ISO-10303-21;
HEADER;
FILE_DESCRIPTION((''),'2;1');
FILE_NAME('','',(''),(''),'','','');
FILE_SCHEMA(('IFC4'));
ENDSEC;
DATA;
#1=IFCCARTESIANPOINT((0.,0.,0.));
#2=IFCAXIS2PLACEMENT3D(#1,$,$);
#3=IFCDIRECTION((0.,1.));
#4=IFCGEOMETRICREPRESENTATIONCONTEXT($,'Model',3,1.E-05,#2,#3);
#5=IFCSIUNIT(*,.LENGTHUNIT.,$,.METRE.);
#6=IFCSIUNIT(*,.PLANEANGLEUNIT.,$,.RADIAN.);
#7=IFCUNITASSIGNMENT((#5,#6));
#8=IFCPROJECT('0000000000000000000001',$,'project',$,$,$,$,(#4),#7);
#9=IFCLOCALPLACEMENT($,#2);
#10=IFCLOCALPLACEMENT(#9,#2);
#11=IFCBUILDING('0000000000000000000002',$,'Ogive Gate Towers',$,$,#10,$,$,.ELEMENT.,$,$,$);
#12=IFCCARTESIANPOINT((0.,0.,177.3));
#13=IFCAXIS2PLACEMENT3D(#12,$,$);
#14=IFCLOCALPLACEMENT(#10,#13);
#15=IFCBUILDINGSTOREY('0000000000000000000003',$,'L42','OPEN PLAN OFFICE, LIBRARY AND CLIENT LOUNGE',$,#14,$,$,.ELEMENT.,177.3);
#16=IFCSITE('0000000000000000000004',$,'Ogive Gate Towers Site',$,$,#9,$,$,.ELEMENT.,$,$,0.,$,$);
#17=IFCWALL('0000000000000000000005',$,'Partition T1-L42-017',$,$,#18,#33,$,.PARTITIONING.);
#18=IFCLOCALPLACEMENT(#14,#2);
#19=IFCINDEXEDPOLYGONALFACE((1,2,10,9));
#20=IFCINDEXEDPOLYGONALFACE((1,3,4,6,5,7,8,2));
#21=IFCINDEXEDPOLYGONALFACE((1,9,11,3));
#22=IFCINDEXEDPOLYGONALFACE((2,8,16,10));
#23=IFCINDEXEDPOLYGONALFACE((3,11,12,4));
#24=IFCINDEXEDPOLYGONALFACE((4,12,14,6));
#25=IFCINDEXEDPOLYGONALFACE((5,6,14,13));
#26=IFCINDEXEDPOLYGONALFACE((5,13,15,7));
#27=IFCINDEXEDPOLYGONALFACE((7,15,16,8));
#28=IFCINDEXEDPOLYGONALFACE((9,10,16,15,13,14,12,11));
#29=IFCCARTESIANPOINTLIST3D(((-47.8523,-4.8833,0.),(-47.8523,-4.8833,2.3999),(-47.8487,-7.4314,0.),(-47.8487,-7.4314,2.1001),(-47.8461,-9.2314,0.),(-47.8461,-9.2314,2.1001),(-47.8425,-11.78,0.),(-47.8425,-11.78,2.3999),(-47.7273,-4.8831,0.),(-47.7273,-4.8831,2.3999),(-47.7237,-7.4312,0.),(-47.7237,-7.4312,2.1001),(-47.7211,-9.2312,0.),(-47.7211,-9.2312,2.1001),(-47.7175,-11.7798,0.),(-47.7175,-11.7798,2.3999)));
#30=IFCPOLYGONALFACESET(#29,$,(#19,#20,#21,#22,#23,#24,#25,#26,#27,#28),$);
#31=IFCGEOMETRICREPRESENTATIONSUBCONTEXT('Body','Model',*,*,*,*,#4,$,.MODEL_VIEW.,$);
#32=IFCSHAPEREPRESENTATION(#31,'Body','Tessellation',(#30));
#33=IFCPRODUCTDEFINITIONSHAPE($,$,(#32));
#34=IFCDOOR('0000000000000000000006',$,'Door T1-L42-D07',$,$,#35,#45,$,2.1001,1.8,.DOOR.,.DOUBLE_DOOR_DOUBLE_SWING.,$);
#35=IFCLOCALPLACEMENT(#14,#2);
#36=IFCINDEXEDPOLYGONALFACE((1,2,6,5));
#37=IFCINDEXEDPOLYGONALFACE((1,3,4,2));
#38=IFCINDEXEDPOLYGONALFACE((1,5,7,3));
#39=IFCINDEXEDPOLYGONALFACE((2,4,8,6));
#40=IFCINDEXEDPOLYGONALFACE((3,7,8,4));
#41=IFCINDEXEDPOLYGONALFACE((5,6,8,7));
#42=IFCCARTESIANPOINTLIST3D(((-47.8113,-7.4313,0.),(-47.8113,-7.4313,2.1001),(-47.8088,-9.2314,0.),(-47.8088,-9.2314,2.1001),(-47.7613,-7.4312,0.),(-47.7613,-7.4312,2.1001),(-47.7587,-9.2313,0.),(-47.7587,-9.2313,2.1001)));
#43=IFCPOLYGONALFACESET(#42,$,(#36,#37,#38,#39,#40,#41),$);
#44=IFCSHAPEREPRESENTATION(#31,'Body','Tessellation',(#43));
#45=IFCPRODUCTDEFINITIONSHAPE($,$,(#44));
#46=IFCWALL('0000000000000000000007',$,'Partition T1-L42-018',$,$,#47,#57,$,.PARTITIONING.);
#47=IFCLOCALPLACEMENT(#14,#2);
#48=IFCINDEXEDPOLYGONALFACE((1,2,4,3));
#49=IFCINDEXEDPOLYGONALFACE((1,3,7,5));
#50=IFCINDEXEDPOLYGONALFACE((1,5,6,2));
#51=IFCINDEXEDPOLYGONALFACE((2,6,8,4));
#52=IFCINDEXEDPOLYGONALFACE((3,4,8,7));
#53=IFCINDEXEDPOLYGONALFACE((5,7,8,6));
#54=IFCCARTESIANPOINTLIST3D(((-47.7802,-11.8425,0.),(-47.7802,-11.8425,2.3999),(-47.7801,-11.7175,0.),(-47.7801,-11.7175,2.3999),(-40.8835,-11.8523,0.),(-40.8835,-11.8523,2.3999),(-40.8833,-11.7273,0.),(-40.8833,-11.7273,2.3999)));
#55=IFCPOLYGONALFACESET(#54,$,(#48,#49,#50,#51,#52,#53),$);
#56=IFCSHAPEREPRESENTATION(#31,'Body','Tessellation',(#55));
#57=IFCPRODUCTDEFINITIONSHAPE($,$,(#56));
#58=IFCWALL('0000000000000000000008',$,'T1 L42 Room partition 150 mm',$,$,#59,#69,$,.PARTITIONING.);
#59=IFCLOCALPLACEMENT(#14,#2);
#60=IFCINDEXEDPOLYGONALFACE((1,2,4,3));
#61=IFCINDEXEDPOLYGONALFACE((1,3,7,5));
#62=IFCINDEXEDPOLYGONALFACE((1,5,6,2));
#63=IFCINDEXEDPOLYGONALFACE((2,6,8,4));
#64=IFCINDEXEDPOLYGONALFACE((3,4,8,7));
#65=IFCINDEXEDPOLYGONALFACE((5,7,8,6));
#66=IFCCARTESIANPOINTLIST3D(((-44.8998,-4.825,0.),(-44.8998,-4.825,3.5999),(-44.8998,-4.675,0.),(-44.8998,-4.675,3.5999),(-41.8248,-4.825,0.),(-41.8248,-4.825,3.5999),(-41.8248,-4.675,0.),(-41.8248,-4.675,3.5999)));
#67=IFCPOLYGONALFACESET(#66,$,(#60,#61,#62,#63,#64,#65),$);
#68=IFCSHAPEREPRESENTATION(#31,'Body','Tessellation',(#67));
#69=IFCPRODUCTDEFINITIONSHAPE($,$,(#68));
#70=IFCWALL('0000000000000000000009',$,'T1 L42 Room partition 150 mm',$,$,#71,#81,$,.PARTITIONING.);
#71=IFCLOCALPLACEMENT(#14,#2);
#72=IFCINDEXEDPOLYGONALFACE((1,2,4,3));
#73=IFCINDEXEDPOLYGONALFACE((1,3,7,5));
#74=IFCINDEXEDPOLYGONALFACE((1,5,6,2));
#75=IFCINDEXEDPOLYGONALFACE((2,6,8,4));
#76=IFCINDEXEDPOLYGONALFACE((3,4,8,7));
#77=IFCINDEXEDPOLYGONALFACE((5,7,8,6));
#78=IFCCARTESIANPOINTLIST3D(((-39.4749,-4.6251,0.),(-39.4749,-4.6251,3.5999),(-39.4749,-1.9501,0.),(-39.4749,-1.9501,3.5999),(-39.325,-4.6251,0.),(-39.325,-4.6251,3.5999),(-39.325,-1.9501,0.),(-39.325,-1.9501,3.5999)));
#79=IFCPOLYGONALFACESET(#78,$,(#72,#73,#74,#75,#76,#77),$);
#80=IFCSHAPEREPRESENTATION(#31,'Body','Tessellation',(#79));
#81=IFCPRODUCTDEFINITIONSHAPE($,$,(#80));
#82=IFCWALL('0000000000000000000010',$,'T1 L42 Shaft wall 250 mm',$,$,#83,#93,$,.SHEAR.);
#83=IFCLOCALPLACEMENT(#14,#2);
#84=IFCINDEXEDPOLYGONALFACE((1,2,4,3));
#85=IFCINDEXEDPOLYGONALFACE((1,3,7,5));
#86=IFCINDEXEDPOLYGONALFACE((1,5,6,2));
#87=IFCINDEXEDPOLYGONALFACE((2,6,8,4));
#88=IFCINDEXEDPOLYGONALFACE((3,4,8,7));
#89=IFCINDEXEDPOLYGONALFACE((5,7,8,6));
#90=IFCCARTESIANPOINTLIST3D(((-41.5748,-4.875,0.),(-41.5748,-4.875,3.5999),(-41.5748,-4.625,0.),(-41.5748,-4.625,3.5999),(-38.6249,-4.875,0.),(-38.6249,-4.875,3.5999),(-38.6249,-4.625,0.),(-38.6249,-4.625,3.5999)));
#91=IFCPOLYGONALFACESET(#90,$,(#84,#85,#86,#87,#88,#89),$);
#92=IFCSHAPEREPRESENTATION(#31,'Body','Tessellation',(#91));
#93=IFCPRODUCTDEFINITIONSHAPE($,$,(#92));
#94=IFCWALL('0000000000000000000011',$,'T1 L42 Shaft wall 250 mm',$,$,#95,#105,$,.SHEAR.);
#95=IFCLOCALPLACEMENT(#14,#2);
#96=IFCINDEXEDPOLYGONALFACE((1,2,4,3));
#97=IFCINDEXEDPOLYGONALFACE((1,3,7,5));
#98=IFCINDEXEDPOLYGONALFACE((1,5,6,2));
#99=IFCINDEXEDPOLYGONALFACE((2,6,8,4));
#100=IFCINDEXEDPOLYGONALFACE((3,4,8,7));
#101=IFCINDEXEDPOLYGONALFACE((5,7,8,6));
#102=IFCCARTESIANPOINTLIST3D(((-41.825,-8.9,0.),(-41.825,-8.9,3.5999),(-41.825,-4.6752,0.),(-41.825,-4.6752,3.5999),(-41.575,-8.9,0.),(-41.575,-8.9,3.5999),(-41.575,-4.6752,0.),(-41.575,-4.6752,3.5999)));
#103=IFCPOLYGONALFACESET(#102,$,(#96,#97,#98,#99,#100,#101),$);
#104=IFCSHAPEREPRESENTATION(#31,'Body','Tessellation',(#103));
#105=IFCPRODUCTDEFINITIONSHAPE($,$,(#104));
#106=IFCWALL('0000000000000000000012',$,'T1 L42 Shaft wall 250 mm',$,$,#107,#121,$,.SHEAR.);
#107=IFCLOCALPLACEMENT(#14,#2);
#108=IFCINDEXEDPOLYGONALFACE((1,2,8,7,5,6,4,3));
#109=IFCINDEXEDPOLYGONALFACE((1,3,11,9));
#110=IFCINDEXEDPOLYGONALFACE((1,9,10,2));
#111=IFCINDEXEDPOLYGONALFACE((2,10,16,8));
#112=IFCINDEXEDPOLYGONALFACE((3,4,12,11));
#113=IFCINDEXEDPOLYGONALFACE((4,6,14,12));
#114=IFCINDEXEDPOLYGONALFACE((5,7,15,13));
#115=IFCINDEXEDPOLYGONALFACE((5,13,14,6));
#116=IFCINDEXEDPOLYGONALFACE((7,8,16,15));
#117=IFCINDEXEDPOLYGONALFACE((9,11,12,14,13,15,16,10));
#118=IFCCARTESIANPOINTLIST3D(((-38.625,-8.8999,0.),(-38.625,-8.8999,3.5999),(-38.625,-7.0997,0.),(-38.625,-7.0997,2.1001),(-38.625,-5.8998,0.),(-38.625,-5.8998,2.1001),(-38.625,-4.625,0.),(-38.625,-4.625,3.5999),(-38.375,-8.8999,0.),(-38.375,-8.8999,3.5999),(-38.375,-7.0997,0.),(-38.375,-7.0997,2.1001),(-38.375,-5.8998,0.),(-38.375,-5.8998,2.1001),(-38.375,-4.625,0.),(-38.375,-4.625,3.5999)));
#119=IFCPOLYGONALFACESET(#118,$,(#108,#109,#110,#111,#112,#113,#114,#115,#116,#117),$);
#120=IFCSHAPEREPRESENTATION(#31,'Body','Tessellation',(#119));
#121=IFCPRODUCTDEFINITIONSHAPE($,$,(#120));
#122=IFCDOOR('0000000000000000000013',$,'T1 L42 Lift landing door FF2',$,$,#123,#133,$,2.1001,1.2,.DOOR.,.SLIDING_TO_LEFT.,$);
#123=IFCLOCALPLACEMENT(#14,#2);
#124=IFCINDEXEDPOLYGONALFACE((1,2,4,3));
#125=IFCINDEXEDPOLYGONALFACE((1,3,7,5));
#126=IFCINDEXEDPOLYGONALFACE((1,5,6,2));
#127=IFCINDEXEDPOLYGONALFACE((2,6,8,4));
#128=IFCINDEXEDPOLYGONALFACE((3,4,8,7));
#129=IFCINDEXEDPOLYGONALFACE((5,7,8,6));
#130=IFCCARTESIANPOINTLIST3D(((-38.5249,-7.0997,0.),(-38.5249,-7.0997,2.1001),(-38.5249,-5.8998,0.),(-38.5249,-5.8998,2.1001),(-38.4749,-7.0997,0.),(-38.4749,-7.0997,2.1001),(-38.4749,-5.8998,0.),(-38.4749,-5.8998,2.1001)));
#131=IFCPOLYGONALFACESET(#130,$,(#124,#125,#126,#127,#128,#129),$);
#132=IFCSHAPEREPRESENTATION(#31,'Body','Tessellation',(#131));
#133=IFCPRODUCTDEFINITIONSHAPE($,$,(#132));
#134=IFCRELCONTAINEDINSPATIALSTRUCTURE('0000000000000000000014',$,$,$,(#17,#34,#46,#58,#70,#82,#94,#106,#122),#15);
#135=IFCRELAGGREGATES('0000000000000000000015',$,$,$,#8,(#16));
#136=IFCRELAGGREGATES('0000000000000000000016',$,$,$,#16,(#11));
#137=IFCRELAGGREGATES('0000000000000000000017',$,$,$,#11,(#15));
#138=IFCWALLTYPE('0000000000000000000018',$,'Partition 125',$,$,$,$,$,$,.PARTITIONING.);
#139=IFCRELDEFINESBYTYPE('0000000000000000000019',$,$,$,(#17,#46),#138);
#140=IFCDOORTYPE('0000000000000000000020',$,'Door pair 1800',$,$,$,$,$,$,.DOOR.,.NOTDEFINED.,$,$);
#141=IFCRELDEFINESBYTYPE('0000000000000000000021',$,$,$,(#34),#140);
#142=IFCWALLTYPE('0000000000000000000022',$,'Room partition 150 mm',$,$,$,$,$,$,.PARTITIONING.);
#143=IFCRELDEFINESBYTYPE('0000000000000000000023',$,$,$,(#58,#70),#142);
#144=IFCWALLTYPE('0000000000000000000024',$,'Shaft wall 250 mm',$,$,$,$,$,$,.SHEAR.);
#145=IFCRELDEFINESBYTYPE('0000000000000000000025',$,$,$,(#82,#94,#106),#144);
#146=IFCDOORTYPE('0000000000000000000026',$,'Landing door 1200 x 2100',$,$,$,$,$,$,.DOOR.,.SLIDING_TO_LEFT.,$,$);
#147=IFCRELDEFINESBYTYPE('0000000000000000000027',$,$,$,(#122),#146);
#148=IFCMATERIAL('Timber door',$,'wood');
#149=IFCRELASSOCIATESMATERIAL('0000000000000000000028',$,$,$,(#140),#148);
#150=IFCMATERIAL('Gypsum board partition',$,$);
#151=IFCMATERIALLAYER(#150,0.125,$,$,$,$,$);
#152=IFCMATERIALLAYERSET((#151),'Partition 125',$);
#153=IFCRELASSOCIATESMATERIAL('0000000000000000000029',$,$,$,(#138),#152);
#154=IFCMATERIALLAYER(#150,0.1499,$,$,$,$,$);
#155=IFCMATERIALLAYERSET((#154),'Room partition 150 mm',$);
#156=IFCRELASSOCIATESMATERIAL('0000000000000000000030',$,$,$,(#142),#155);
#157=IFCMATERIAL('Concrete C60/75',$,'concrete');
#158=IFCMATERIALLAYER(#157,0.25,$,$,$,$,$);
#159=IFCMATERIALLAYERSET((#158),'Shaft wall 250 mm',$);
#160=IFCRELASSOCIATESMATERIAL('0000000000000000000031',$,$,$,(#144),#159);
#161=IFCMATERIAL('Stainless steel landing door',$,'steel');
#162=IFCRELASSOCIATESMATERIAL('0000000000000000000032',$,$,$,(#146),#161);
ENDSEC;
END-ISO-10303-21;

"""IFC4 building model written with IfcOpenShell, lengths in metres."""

from ifc_helpers import new_model, si_unit, direction, frame, frame_2d, origin, place, context, subcontext, project, spatial, rectangle, extrude, material, layer, layer_set, type_object, element, fill, save


model = new_model("IFC4")

# Units and contexts
model_context = context("Model", 3, precision=1e-05, world=origin(), true_north=direction((0.0, 1.0)))
body_context = subcontext(model_context, "Body", "Model", "MODEL_VIEW")
ifc_project = project(units=[si_unit("LENGTHUNIT", "METRE"), si_unit("PLANEANGLEUNIT", "RADIAN")], contexts=[model_context])

# Site, building, storey
site_placement = place(None, origin())
site = spatial("IfcSite", under=ifc_project, at=site_placement, Name="Ogive Gate Towers Site", CompositionType="ELEMENT", RefElevation=0.0)
building_placement = place(site_placement, origin())
building = spatial("IfcBuilding", under=site, at=building_placement, Name="Ogive Gate Towers", CompositionType="ELEMENT")
storey_placement = place(building_placement, frame((0.0, 0.0, 177.3)))
storey = spatial("IfcBuildingStorey", under=building, at=storey_placement, Name="L42", Description="OPEN PLAN OFFICE, LIBRARY AND CLIENT LOUNGE", CompositionType="ELEMENT", Elevation=177.3)

# Shared definitions
ifc_material_1 = material(Name="Timber door", Category="wood")
door_type_1 = type_object("IfcDoorType", Name="Door pair 1800", OperationType="NOTDEFINED", PredefinedType="DOOR", material=ifc_material_1)

# Shared definitions
ifc_material_2 = material(Name="Concrete C60/75", Category="concrete")

# Wall, opening, door
ifc_material_3 = material(Name="Gypsum board partition")
ifc_layer_1 = layer(ifc_material_3, 0.125)
ifc_layer_set_1 = layer_set([ifc_layer_1], Name="Partition 125")
wall_type_1 = type_object("IfcWallType", Name="Partition 125", PredefinedType="PARTITIONING", material=ifc_layer_set_1)
wall_1_placement = place(storey_placement, frame((-47.7898, -4.8833, 0.0), z_axis=(0.0, 0.0, 1.0), x_axis=(0.001416, -0.999999, 0.0)))
wall_1 = element("IfcWall", 1, at=wall_1_placement, inside=storey, type_object=wall_type_1, Name="Partition T1-L42-017", PredefinedType="PARTITIONING", context=body_context, shape_type="SweptSolid", body=[
    extrude(rectangle(XDim=6.8967, YDim=0.125, at=frame_2d((3.4482, 0.0))), origin(), (0.0, 0.0, 1.0), 2.3999),
])
opening_1_placement = place(wall_1_placement, frame((2.5481, 0.0, 0.0)))
opening_1 = element("IfcOpeningElement", 2, at=opening_1_placement, cuts=wall_1, PredefinedType="OPENING", context=body_context, shape_type="SweptSolid", body=[
    extrude(rectangle(XDim=1.8, YDim=2.1001, at=frame_2d((0.8999, 1.05))), frame((0.0, 0.0725, 0.0), z_axis=(0.0, -1.0, 0.0), x_axis=(1.0, 0.0, 0.0)), (0.0, 0.0, 1.0), 0.145),
])
door_1_placement = place(opening_1_placement, origin())
door_1 = element("IfcDoor", 3, at=door_1_placement, inside=storey, type_object=door_type_1, Name="Door T1-L42-D07", OperationType="DOUBLE_DOOR_DOUBLE_SWING", OverallHeight=2.1001, OverallWidth=1.8, PredefinedType="DOOR", context=body_context, shape_type="SweptSolid", body=[
    extrude(rectangle(XDim=1.8, YDim=2.1001, at=frame_2d((0.8999, 1.05))), frame((0.0, 0.0249, 0.0), z_axis=(0.0, -1.0, 0.0), x_axis=(1.0, 0.0, 0.0)), (0.0, 0.0, 1.0), 0.05),
])
fill(opening_1, door_1)

# Walls
wall_2_placement = place(storey_placement, frame((-47.78, -11.78, 0.0), z_axis=(0.0, 0.0, 1.0), x_axis=(0.999999, -0.001416, 0.0)))
element("IfcWall", 4, at=wall_2_placement, inside=storey, type_object=wall_type_1, Name="Partition T1-L42-018", PredefinedType="PARTITIONING", context=body_context, shape_type="SweptSolid", body=[
    extrude(rectangle(XDim=6.8967, YDim=0.125, at=frame_2d((3.4482, 0.0))), origin(), (0.0, 0.0, 1.0), 2.3999),
])
ifc_layer_2 = layer(ifc_material_3, 0.1499)
ifc_layer_set_2 = layer_set([ifc_layer_2], Name="Room partition 150 mm")
wall_type_2 = type_object("IfcWallType", Name="Room partition 150 mm", PredefinedType="PARTITIONING", material=ifc_layer_set_2)
wall_3_placement = place(storey_placement, frame((-44.8999, -4.75, 0.0), z_axis=(0.0, 0.0, 1.0), x_axis=(1.0, 0.0, 0.0)))
element("IfcWall", 5, at=wall_3_placement, inside=storey, type_object=wall_type_2, Name="T1 L42 Room partition 150 mm", PredefinedType="PARTITIONING", context=body_context, shape_type="SweptSolid", body=[
    extrude(rectangle(XDim=3.075, YDim=0.1499, at=frame_2d((1.5376, 0.0))), origin(), (0.0, 0.0, 1.0), 3.5999),
])
wall_4_placement = place(storey_placement, frame((-39.3999, -4.625, 0.0), z_axis=(0.0, 0.0, 1.0), x_axis=(0.0, 1.0, 0.0)))
element("IfcWall", 6, at=wall_4_placement, inside=storey, type_object=wall_type_2, Name="T1 L42 Room partition 150 mm", PredefinedType="PARTITIONING", context=body_context, shape_type="SweptSolid", body=[
    extrude(rectangle(XDim=2.675, YDim=0.1499, at=frame_2d((1.3374, 0.0))), origin(), (0.0, 0.0, 1.0), 3.5999),
])
ifc_layer_3 = layer(ifc_material_2, 0.25)
ifc_layer_set_3 = layer_set([ifc_layer_3], Name="Shaft wall 250 mm")
wall_type_3 = type_object("IfcWallType", Name="Shaft wall 250 mm", PredefinedType="SHEAR", material=ifc_layer_set_3)
wall_5_placement = place(storey_placement, frame((-41.575, -4.75, 0.0), z_axis=(0.0, 0.0, 1.0), x_axis=(1.0, 0.0, 0.0)))
element("IfcWall", 7, at=wall_5_placement, inside=storey, type_object=wall_type_3, Name="T1 L42 Shaft wall 250 mm", PredefinedType="SHEAR", context=body_context, shape_type="SweptSolid", body=[
    extrude(rectangle(XDim=2.95, YDim=0.25, at=frame_2d((1.4751, 0.0))), origin(), (0.0, 0.0, 1.0), 3.5999),
])
wall_6_placement = place(storey_placement, frame((-41.7, -8.8999, 0.0), z_axis=(0.0, 0.0, 1.0), x_axis=(0.0, 1.0, 0.0)))
element("IfcWall", 8, at=wall_6_placement, inside=storey, type_object=wall_type_3, Name="T1 L42 Shaft wall 250 mm", PredefinedType="SHEAR", context=body_context, shape_type="SweptSolid", body=[
    extrude(rectangle(XDim=4.2249, YDim=0.25, at=frame_2d((2.1123, 0.0))), origin(), (0.0, 0.0, 1.0), 3.5999),
])

# Wall, opening, door
wall_7_placement = place(storey_placement, frame((-38.5, -8.8999, 0.0), z_axis=(0.0, 0.0, 1.0), x_axis=(0.0, 1.0, 0.0)))
wall_7 = element("IfcWall", 9, at=wall_7_placement, inside=storey, type_object=wall_type_3, Name="T1 L42 Shaft wall 250 mm", PredefinedType="SHEAR", context=body_context, shape_type="SweptSolid", body=[
    extrude(rectangle(XDim=4.2749, YDim=0.25, at=frame_2d((2.1375, 0.0))), origin(), (0.0, 0.0, 1.0), 3.5999),
])
opening_2_placement = place(wall_7_placement, frame((1.8, 0.0, 0.0)))
opening_2 = element("IfcOpeningElement", 10, at=opening_2_placement, cuts=wall_7, PredefinedType="OPENING", context=body_context, shape_type="SweptSolid", body=[
    extrude(rectangle(XDim=1.2, YDim=2.1001, at=frame_2d((0.6001, 1.05))), frame((0.0, 0.135, 0.0), z_axis=(0.0, -1.0, 0.0), x_axis=(1.0, 0.0, 0.0)), (0.0, 0.0, 1.0), 0.27),
])
ifc_material_4 = material(Name="Stainless steel landing door", Category="steel")
door_type_2 = type_object("IfcDoorType", Name="Landing door 1200 x 2100", OperationType="SLIDING_TO_LEFT", PredefinedType="DOOR", material=ifc_material_4)
door_2_placement = place(opening_2_placement, origin())
door_2 = element("IfcDoor", 11, at=door_2_placement, inside=storey, type_object=door_type_2, Name="T1 L42 Lift landing door FF2", OperationType="SLIDING_TO_LEFT", OverallHeight=2.1001, OverallWidth=1.2, PredefinedType="DOOR", context=body_context, shape_type="SweptSolid", body=[
    extrude(rectangle(XDim=1.2, YDim=2.1001, at=frame_2d((0.6001, 1.05))), frame((0.0, 0.0249, 0.0), z_axis=(0.0, -1.0, 0.0), x_axis=(1.0, 0.0, 0.0)), (0.0, 0.0, 1.0), 0.05),
])
fill(opening_2, door_2)

save(model, "model.ifc")
